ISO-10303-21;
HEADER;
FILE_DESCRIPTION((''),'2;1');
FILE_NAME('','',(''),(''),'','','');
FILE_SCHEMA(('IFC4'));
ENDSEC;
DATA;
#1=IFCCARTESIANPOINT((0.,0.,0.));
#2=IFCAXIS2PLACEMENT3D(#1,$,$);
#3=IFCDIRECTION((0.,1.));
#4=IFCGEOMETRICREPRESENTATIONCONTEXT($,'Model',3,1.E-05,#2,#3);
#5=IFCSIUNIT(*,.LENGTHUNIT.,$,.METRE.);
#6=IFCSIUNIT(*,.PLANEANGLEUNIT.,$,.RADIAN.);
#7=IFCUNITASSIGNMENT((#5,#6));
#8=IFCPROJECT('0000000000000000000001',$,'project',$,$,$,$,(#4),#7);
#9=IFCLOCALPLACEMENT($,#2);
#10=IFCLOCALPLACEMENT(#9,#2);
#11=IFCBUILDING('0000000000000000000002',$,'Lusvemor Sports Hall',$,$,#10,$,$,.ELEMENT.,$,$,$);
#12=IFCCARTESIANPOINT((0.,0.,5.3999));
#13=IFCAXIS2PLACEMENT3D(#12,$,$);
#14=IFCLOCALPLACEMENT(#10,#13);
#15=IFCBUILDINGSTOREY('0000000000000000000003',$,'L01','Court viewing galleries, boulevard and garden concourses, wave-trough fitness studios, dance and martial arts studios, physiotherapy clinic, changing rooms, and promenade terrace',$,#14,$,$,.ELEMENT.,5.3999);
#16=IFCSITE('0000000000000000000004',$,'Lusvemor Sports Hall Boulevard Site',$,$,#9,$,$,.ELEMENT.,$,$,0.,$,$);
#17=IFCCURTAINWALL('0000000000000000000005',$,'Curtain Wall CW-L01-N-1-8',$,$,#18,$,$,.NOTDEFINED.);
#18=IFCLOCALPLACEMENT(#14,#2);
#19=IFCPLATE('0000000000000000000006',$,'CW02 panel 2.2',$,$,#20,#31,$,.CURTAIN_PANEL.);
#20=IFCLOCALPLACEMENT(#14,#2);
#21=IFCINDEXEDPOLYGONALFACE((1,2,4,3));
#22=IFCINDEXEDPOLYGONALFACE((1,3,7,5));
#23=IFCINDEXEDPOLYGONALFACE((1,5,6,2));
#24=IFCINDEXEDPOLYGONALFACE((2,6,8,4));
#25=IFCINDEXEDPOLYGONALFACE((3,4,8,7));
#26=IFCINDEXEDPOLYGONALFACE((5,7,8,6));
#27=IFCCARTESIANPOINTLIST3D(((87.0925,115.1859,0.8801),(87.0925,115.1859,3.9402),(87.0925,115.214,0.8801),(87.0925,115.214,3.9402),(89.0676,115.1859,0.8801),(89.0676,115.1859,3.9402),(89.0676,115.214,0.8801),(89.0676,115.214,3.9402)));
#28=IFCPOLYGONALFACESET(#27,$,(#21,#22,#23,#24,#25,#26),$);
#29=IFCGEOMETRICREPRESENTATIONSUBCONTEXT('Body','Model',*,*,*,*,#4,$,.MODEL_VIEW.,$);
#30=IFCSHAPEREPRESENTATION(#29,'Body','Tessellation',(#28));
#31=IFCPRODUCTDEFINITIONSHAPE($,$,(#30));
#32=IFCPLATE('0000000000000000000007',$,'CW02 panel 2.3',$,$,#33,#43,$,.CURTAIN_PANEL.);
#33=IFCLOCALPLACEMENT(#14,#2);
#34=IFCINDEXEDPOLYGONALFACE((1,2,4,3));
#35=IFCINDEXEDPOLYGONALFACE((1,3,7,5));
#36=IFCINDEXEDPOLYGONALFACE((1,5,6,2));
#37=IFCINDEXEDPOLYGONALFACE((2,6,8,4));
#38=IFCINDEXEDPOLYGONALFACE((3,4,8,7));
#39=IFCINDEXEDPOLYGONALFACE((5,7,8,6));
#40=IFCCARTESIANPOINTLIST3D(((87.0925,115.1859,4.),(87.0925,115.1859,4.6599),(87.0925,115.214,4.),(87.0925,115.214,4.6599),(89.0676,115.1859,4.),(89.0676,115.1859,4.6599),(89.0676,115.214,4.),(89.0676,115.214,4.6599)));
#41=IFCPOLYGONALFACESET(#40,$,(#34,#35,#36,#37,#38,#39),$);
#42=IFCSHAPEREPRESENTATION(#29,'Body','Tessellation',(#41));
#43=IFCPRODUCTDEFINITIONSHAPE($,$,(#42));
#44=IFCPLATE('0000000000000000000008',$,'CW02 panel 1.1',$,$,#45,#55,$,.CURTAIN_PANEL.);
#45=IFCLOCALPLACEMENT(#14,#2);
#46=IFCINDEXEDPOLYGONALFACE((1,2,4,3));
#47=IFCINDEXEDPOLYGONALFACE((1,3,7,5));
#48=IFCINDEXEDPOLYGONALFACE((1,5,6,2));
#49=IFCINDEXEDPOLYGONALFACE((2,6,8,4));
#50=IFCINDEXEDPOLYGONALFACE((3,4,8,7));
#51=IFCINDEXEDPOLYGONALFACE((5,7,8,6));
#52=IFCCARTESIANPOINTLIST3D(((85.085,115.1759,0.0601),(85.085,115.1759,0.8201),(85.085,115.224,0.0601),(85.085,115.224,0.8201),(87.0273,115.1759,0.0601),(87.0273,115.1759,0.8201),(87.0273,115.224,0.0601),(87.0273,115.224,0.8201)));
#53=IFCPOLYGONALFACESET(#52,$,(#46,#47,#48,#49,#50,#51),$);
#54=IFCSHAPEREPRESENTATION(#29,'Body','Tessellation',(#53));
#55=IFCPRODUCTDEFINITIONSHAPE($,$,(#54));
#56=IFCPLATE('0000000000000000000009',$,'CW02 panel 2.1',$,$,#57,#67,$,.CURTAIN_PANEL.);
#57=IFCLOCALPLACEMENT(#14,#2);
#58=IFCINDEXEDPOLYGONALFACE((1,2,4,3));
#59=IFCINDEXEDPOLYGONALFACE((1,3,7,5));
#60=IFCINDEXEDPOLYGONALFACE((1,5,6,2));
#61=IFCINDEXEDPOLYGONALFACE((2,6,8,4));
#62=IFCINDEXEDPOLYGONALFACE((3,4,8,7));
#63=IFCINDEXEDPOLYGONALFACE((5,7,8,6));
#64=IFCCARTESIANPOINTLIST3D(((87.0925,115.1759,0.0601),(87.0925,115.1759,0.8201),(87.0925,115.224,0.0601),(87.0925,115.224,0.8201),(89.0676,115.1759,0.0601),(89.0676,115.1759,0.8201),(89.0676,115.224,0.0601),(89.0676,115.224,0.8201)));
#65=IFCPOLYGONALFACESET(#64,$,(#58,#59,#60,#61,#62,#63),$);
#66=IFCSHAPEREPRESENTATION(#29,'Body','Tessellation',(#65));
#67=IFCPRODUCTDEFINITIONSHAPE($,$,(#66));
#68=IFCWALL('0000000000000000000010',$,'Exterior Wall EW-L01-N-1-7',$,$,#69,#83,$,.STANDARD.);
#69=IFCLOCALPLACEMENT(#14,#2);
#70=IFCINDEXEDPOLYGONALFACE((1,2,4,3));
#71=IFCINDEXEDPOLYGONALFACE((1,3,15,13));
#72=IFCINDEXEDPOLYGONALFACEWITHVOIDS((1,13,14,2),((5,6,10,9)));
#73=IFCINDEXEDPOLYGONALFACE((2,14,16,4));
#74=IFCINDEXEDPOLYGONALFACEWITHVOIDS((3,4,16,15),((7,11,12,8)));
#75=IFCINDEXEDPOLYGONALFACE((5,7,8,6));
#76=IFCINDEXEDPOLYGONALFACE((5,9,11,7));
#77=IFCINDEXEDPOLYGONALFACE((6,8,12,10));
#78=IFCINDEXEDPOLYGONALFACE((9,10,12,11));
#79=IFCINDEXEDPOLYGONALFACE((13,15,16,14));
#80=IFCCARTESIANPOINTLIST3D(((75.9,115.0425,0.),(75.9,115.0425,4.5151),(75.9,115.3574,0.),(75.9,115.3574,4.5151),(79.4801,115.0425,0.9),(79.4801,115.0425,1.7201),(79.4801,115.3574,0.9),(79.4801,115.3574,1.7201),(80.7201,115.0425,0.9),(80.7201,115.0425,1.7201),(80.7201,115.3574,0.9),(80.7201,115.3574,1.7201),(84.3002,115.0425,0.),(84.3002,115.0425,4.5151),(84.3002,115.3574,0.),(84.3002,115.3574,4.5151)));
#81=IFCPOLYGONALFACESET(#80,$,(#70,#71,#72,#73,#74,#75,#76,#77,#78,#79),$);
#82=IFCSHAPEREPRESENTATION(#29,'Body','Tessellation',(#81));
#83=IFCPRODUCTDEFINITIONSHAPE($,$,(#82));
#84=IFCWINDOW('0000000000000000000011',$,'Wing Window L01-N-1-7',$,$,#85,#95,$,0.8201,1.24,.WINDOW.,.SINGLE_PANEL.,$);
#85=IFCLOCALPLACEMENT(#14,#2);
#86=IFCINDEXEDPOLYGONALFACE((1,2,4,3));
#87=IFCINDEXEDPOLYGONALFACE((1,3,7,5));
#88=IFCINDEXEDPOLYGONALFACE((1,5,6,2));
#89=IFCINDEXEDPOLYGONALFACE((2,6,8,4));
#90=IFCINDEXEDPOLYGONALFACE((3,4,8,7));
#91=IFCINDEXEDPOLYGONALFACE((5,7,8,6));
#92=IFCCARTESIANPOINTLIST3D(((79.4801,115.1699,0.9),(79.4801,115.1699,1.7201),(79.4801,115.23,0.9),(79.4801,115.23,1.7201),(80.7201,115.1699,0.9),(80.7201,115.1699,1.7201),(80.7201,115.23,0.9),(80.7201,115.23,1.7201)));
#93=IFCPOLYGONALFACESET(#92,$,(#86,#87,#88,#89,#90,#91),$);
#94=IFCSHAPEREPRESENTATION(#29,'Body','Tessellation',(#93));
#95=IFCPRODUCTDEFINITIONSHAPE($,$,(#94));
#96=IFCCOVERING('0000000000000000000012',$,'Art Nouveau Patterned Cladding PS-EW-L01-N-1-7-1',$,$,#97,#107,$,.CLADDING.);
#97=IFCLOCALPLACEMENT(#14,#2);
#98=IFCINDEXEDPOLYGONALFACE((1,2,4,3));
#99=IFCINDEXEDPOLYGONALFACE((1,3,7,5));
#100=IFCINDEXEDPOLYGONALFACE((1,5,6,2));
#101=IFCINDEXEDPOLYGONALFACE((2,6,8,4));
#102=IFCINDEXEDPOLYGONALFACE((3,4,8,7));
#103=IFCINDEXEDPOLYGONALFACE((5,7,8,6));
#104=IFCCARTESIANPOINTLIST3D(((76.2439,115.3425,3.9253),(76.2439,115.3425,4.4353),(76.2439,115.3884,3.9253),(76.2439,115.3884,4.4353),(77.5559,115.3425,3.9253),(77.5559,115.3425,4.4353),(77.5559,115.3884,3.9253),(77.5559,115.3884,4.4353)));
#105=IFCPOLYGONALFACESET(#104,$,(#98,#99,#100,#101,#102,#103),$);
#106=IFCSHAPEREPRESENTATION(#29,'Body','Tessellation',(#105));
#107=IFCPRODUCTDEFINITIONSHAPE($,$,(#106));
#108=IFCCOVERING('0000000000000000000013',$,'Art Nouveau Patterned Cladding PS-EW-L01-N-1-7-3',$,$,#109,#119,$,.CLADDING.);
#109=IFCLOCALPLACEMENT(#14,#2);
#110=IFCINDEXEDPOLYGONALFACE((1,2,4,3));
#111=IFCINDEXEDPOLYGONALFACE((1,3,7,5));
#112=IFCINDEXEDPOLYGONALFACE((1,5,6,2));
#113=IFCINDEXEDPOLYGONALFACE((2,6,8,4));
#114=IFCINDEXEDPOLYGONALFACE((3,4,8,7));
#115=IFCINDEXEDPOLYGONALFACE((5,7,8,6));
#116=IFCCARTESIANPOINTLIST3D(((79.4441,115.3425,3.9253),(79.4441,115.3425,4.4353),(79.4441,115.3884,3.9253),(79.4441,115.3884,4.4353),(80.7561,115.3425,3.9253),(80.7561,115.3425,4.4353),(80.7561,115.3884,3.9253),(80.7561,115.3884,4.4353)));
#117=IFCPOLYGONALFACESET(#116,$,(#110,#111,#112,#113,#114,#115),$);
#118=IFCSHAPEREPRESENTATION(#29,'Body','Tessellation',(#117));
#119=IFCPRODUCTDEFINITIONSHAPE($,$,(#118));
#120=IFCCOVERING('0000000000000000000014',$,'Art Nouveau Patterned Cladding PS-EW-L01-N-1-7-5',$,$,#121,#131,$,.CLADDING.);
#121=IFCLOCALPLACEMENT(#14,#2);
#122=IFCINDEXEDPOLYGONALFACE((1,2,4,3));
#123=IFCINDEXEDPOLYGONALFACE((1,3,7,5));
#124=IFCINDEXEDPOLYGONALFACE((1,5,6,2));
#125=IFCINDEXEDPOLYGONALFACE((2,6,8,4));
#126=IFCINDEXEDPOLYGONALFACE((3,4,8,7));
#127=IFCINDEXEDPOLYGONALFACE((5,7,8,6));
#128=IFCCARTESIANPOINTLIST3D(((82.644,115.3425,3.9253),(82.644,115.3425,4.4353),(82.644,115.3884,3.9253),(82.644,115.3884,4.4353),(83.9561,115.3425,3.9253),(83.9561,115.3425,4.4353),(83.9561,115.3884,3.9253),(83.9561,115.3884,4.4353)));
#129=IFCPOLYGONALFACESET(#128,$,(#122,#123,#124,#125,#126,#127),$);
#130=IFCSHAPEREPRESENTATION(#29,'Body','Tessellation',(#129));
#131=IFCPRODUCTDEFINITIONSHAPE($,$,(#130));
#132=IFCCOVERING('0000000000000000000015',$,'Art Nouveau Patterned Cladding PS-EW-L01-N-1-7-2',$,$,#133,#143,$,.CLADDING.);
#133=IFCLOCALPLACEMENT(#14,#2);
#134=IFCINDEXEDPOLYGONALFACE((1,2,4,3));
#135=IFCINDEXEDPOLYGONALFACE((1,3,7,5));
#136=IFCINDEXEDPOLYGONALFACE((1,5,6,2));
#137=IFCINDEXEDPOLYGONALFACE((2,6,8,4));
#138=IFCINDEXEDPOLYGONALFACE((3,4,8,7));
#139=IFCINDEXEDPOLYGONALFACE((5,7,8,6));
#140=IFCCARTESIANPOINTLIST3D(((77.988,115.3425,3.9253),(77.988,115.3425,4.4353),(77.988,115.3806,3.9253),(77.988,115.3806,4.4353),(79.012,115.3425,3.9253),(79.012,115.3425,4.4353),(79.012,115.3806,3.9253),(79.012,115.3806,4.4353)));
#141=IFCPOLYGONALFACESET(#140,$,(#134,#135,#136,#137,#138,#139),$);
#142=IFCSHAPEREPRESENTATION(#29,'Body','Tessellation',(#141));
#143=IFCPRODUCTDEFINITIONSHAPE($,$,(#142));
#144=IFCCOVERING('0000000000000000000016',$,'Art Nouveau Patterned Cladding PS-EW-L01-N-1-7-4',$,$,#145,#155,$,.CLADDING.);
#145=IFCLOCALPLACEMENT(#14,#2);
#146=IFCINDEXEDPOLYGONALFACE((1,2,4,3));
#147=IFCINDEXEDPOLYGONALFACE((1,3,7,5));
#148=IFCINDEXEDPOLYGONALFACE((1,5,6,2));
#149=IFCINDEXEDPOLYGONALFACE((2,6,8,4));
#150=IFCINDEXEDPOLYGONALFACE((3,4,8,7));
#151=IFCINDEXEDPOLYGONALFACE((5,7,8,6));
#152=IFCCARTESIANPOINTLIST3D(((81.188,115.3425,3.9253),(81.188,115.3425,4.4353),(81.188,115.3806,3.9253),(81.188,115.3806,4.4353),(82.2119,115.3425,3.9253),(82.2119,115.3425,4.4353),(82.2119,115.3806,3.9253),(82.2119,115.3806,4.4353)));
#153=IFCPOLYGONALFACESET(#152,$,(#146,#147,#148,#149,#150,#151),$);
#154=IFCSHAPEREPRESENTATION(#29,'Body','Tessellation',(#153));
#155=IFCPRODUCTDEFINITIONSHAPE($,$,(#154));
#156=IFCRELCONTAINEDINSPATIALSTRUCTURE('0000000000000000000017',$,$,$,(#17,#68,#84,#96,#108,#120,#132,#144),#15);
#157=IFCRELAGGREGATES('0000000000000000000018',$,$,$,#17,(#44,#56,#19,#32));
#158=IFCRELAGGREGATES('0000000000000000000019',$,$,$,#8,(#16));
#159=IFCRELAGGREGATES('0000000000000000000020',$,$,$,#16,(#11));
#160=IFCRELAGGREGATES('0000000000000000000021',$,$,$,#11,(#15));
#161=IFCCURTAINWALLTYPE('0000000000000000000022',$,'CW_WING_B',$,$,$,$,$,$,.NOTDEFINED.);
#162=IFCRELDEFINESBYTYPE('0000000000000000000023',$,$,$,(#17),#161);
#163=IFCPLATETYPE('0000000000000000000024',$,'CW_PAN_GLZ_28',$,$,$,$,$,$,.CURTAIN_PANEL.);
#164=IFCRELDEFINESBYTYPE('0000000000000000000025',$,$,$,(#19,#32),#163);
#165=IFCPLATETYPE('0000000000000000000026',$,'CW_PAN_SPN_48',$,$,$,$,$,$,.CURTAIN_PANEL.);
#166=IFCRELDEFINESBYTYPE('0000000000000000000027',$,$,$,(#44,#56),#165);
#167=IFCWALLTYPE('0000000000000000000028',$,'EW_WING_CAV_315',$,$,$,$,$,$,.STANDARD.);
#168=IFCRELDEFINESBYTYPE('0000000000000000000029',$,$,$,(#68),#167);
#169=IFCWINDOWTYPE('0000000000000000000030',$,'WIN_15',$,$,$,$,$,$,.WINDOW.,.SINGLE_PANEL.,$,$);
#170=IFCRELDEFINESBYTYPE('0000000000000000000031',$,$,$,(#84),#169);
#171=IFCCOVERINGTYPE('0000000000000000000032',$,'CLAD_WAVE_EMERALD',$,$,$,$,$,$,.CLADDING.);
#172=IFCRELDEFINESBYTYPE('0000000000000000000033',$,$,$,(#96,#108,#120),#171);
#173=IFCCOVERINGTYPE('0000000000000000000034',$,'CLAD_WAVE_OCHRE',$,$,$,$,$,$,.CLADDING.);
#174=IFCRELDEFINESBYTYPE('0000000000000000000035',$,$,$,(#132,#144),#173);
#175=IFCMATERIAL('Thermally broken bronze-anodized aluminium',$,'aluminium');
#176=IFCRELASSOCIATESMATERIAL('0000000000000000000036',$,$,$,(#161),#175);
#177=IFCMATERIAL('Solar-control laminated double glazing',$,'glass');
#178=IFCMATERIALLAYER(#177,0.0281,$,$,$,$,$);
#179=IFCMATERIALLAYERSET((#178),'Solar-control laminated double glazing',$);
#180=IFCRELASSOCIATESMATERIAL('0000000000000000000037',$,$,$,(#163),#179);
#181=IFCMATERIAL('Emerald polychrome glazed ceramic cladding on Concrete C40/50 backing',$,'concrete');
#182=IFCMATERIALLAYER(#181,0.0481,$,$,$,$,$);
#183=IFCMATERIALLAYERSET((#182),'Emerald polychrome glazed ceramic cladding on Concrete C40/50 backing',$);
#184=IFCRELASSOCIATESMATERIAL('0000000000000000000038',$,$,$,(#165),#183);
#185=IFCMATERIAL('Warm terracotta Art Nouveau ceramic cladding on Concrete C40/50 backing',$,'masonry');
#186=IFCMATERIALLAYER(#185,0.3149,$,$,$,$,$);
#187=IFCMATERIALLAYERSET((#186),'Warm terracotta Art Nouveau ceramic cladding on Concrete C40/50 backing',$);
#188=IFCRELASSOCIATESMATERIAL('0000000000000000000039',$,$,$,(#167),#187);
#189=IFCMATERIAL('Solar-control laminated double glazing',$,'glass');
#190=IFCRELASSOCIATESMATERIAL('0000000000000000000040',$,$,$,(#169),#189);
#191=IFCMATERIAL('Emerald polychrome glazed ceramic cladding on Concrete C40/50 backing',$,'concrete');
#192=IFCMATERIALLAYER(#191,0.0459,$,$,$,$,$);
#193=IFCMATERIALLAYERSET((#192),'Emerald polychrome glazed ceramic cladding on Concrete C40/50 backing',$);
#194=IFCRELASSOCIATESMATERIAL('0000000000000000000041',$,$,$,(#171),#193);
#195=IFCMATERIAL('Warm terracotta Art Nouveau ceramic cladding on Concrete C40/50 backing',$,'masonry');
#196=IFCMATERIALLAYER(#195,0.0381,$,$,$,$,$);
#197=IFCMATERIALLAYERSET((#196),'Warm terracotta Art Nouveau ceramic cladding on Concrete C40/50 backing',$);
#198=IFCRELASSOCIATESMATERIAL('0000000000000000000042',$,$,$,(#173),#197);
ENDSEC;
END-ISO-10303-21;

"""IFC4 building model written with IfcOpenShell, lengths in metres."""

from ifc_helpers import new_model, si_unit, direction, frame, frame_2d, origin, origin_2d, place, context, subcontext, project, spatial, rectangle, extrude, material, layer, layer_set, type_object, element, fill, aggregate, save


model = new_model("IFC4")

# Units and contexts
model_context = context("Model", 3, precision=1e-05, world=origin(), true_north=direction((0.0, 1.0)))
body_context = subcontext(model_context, "Body", "Model", "MODEL_VIEW")
ifc_project = project(units=[si_unit("LENGTHUNIT", "METRE"), si_unit("PLANEANGLEUNIT", "RADIAN")], contexts=[model_context])

# Site, building, storey
site_placement = place(None, origin())
site = spatial("IfcSite", under=ifc_project, at=site_placement, Name="Lusvemor Sports Hall Boulevard Site", CompositionType="ELEMENT", RefElevation=0.0)
building_placement = place(site_placement, origin())
building = spatial("IfcBuilding", under=site, at=building_placement, Name="Lusvemor Sports Hall", CompositionType="ELEMENT")
storey_placement = place(building_placement, frame((0.0, 0.0, 5.3999)))
storey = spatial("IfcBuildingStorey", under=building, at=storey_placement, Name="L01", Description="Court viewing galleries, boulevard and garden concourses, wave-trough fitness studios, dance and martial arts studios, physiotherapy clinic, changing rooms, and promenade terrace", CompositionType="ELEMENT", Elevation=5.3999)

# Curtain wall
ifc_material_1 = material(Name="Thermally broken bronze-anodized aluminium", Category="aluminium")
curtain_wall_type = type_object("IfcCurtainWallType", Name="CW_WING_B", PredefinedType="NOTDEFINED", material=ifc_material_1)
curtain_wall_placement = place(storey_placement, origin())
curtain_wall = element("IfcCurtainWall", 1, at=curtain_wall_placement, inside=storey, type_object=curtain_wall_type, Name="Curtain Wall CW-L01-N-1-8", PredefinedType="NOTDEFINED")

# Plates
ifc_material_2 = material(Name="Solar-control laminated double glazing", Category="glass")
ifc_layer_1 = layer(ifc_material_2, 0.0281)
ifc_layer_set_1 = layer_set([ifc_layer_1], Name="Solar-control laminated double glazing")
plate_type_1 = type_object("IfcPlateType", Name="CW_PAN_GLZ_28", PredefinedType="CURTAIN_PANEL", material=ifc_layer_set_1)
plate_1_placement = place(storey_placement, frame((88.0801, 115.2, 0.8801), z_axis=(0.0, 0.0, 1.0), x_axis=(1.0, 0.0, 0.0)))
plate_1 = element("IfcPlate", 2, at=plate_1_placement, type_object=plate_type_1, Name="CW02 panel 2.2", PredefinedType="CURTAIN_PANEL", context=body_context, shape_type="SweptSolid", body=[
    extrude(rectangle(XDim=1.9751, YDim=0.0281, at=origin_2d()), origin(), (0.0, 0.0, 1.0), 3.0601),
])
plate_2_placement = place(storey_placement, frame((88.0801, 115.2, 4.0), z_axis=(0.0, 0.0, 1.0), x_axis=(1.0, 0.0, 0.0)))
plate_2 = element("IfcPlate", 3, at=plate_2_placement, type_object=plate_type_1, Name="CW02 panel 2.3", PredefinedType="CURTAIN_PANEL", context=body_context, shape_type="SweptSolid", body=[
    extrude(rectangle(XDim=1.9751, YDim=0.0281, at=origin_2d()), origin(), (0.0, 0.0, 1.0), 0.6599),
])
ifc_material_3 = material(Name="Emerald polychrome glazed ceramic cladding on Concrete C40/50 backing", Category="concrete")
ifc_layer_2 = layer(ifc_material_3, 0.0481)
ifc_layer_set_2 = layer_set([ifc_layer_2], Name="Emerald polychrome glazed ceramic cladding on Concrete C40/50 backing")
plate_type_2 = type_object("IfcPlateType", Name="CW_PAN_SPN_48", PredefinedType="CURTAIN_PANEL", material=ifc_layer_set_2)
plate_3_placement = place(storey_placement, frame((86.0562, 115.2, 0.0601), z_axis=(0.0, 0.0, 1.0), x_axis=(1.0, 0.0, 0.0)))
plate_3 = element("IfcPlate", 4, at=plate_3_placement, type_object=plate_type_2, Name="CW02 panel 1.1", PredefinedType="CURTAIN_PANEL", context=body_context, shape_type="SweptSolid", body=[
    extrude(rectangle(XDim=1.9424, YDim=0.0481, at=origin_2d()), origin(), (0.0, 0.0, 1.0), 0.76),
])
plate_4_placement = place(storey_placement, frame((88.0801, 115.2, 0.0601), z_axis=(0.0, 0.0, 1.0), x_axis=(1.0, 0.0, 0.0)))
plate_4 = element("IfcPlate", 5, at=plate_4_placement, type_object=plate_type_2, Name="CW02 panel 2.1", PredefinedType="CURTAIN_PANEL", context=body_context, shape_type="SweptSolid", body=[
    extrude(rectangle(XDim=1.9751, YDim=0.0481, at=origin_2d()), origin(), (0.0, 0.0, 1.0), 0.76),
])
aggregate(curtain_wall, [plate_3, plate_4, plate_1, plate_2])

# Wall, opening, window
ifc_material_4 = material(Name="Warm terracotta Art Nouveau ceramic cladding on Concrete C40/50 backing", Category="masonry")
ifc_layer_3 = layer(ifc_material_4, 0.3149)
ifc_layer_set_3 = layer_set([ifc_layer_3], Name="Warm terracotta Art Nouveau ceramic cladding on Concrete C40/50 backing")
wall_type = type_object("IfcWallType", Name="EW_WING_CAV_315", PredefinedType="STANDARD", material=ifc_layer_set_3)
wall_placement = place(storey_placement, frame((75.8999, 115.2, 0.0), z_axis=(0.0, 0.0, 1.0), x_axis=(1.0, 0.0, 0.0)))
wall = element("IfcWall", 6, at=wall_placement, inside=storey, type_object=wall_type, Name="Exterior Wall EW-L01-N-1-7", PredefinedType="STANDARD", context=body_context, shape_type="SweptSolid", body=[
    extrude(rectangle(XDim=8.4001, YDim=0.3149, at=frame_2d((4.2002, 0.0))), origin(), (0.0, 0.0, 1.0), 4.5151),
])
opening_placement = place(wall_placement, frame((3.5801, 0.0, 0.8999)))
opening = element("IfcOpeningElement", 7, at=opening_placement, cuts=wall, PredefinedType="OPENING", context=body_context, shape_type="SweptSolid", body=[
    extrude(rectangle(XDim=1.24, YDim=0.8201, at=frame_2d((0.6201, 0.4102))), frame((0.0, 0.1575, 0.0), z_axis=(0.0, -1.0, 0.0), x_axis=(1.0, 0.0, 0.0)), (0.0, 0.0, 1.0), 0.3149),
])
ifc_material_5 = material(Name="Solar-control laminated double glazing", Category="glass")
window_type = type_object("IfcWindowType", Name="WIN_15", PartitioningType="SINGLE_PANEL", PredefinedType="WINDOW", material=ifc_material_5)
window_placement = place(opening_placement, origin())
window = element("IfcWindow", 8, at=window_placement, inside=storey, type_object=window_type, Name="Wing Window L01-N-1-7", OverallHeight=0.8201, OverallWidth=1.24, PartitioningType="SINGLE_PANEL", PredefinedType="WINDOW", context=body_context, shape_type="SweptSolid", body=[
    extrude(rectangle(XDim=1.24, YDim=0.8201, at=frame_2d((0.6201, 0.4102))), frame((0.0, 0.03, 0.0), z_axis=(0.0, -1.0, 0.0), x_axis=(1.0, 0.0, 0.0)), (0.0, 0.0, 1.0), 0.0601),
])
fill(opening, window)

# Coverings
ifc_material_6 = material(Name="Emerald polychrome glazed ceramic cladding on Concrete C40/50 backing", Category="concrete")
ifc_layer_4 = layer(ifc_material_6, 0.0459)
ifc_layer_set_4 = layer_set([ifc_layer_4], Name="Emerald polychrome glazed ceramic cladding on Concrete C40/50 backing")
covering_type_1 = type_object("IfcCoveringType", Name="CLAD_WAVE_EMERALD", PredefinedType="CLADDING", material=ifc_layer_set_4)
for number, where, z_axis, x_axis, name in (
    (9, (76.8999, 115.3655, 3.9253), (0.0, 0.0, 1.0), (1.0, 0.0, 0.0), "Art Nouveau Patterned Cladding PS-EW-L01-N-1-7-1"),
    (10, (80.1001, 115.3655, 3.9253), (0.0, 0.0, 1.0), (1.0, 0.0, 0.0), "Art Nouveau Patterned Cladding PS-EW-L01-N-1-7-3"),
    (11, (83.3, 115.3655, 3.9253), (0.0, 0.0, 1.0), (1.0, 0.0, 0.0), "Art Nouveau Patterned Cladding PS-EW-L01-N-1-7-5"),
):
    element("IfcCovering", number, at=place(storey_placement, frame(where, z_axis=z_axis, x_axis=x_axis)), inside=storey, type_object=covering_type_1, Name=name, PredefinedType="CLADDING", context=body_context, shape_type="SweptSolid", body=[
        extrude(rectangle(XDim=1.312, YDim=0.0459, at=origin_2d()), origin(), (0.0, 0.0, 1.0), 0.51),
    ])
ifc_material_7 = material(Name="Warm terracotta Art Nouveau ceramic cladding on Concrete C40/50 backing", Category="masonry")
ifc_layer_5 = layer(ifc_material_7, 0.0381)
ifc_layer_set_5 = layer_set([ifc_layer_5], Name="Warm terracotta Art Nouveau ceramic cladding on Concrete C40/50 backing")
covering_type_2 = type_object("IfcCoveringType", Name="CLAD_WAVE_OCHRE", PredefinedType="CLADDING", material=ifc_layer_set_5)
for number, where, z_axis, x_axis, name in (
    (12, (78.5, 115.3616, 3.9253), (0.0, 0.0, 1.0), (1.0, 0.0, 0.0), "Art Nouveau Patterned Cladding PS-EW-L01-N-1-7-2"),
    (13, (81.7, 115.3616, 3.9253), (0.0, 0.0, 1.0), (1.0, 0.0, 0.0), "Art Nouveau Patterned Cladding PS-EW-L01-N-1-7-4"),
):
    element("IfcCovering", number, at=place(storey_placement, frame(where, z_axis=z_axis, x_axis=x_axis)), inside=storey, type_object=covering_type_2, Name=name, PredefinedType="CLADDING", context=body_context, shape_type="SweptSolid", body=[
        extrude(rectangle(XDim=1.0239, YDim=0.0381, at=origin_2d()), origin(), (0.0, 0.0, 1.0), 0.51),
    ])

save(model, "model.ifc")
